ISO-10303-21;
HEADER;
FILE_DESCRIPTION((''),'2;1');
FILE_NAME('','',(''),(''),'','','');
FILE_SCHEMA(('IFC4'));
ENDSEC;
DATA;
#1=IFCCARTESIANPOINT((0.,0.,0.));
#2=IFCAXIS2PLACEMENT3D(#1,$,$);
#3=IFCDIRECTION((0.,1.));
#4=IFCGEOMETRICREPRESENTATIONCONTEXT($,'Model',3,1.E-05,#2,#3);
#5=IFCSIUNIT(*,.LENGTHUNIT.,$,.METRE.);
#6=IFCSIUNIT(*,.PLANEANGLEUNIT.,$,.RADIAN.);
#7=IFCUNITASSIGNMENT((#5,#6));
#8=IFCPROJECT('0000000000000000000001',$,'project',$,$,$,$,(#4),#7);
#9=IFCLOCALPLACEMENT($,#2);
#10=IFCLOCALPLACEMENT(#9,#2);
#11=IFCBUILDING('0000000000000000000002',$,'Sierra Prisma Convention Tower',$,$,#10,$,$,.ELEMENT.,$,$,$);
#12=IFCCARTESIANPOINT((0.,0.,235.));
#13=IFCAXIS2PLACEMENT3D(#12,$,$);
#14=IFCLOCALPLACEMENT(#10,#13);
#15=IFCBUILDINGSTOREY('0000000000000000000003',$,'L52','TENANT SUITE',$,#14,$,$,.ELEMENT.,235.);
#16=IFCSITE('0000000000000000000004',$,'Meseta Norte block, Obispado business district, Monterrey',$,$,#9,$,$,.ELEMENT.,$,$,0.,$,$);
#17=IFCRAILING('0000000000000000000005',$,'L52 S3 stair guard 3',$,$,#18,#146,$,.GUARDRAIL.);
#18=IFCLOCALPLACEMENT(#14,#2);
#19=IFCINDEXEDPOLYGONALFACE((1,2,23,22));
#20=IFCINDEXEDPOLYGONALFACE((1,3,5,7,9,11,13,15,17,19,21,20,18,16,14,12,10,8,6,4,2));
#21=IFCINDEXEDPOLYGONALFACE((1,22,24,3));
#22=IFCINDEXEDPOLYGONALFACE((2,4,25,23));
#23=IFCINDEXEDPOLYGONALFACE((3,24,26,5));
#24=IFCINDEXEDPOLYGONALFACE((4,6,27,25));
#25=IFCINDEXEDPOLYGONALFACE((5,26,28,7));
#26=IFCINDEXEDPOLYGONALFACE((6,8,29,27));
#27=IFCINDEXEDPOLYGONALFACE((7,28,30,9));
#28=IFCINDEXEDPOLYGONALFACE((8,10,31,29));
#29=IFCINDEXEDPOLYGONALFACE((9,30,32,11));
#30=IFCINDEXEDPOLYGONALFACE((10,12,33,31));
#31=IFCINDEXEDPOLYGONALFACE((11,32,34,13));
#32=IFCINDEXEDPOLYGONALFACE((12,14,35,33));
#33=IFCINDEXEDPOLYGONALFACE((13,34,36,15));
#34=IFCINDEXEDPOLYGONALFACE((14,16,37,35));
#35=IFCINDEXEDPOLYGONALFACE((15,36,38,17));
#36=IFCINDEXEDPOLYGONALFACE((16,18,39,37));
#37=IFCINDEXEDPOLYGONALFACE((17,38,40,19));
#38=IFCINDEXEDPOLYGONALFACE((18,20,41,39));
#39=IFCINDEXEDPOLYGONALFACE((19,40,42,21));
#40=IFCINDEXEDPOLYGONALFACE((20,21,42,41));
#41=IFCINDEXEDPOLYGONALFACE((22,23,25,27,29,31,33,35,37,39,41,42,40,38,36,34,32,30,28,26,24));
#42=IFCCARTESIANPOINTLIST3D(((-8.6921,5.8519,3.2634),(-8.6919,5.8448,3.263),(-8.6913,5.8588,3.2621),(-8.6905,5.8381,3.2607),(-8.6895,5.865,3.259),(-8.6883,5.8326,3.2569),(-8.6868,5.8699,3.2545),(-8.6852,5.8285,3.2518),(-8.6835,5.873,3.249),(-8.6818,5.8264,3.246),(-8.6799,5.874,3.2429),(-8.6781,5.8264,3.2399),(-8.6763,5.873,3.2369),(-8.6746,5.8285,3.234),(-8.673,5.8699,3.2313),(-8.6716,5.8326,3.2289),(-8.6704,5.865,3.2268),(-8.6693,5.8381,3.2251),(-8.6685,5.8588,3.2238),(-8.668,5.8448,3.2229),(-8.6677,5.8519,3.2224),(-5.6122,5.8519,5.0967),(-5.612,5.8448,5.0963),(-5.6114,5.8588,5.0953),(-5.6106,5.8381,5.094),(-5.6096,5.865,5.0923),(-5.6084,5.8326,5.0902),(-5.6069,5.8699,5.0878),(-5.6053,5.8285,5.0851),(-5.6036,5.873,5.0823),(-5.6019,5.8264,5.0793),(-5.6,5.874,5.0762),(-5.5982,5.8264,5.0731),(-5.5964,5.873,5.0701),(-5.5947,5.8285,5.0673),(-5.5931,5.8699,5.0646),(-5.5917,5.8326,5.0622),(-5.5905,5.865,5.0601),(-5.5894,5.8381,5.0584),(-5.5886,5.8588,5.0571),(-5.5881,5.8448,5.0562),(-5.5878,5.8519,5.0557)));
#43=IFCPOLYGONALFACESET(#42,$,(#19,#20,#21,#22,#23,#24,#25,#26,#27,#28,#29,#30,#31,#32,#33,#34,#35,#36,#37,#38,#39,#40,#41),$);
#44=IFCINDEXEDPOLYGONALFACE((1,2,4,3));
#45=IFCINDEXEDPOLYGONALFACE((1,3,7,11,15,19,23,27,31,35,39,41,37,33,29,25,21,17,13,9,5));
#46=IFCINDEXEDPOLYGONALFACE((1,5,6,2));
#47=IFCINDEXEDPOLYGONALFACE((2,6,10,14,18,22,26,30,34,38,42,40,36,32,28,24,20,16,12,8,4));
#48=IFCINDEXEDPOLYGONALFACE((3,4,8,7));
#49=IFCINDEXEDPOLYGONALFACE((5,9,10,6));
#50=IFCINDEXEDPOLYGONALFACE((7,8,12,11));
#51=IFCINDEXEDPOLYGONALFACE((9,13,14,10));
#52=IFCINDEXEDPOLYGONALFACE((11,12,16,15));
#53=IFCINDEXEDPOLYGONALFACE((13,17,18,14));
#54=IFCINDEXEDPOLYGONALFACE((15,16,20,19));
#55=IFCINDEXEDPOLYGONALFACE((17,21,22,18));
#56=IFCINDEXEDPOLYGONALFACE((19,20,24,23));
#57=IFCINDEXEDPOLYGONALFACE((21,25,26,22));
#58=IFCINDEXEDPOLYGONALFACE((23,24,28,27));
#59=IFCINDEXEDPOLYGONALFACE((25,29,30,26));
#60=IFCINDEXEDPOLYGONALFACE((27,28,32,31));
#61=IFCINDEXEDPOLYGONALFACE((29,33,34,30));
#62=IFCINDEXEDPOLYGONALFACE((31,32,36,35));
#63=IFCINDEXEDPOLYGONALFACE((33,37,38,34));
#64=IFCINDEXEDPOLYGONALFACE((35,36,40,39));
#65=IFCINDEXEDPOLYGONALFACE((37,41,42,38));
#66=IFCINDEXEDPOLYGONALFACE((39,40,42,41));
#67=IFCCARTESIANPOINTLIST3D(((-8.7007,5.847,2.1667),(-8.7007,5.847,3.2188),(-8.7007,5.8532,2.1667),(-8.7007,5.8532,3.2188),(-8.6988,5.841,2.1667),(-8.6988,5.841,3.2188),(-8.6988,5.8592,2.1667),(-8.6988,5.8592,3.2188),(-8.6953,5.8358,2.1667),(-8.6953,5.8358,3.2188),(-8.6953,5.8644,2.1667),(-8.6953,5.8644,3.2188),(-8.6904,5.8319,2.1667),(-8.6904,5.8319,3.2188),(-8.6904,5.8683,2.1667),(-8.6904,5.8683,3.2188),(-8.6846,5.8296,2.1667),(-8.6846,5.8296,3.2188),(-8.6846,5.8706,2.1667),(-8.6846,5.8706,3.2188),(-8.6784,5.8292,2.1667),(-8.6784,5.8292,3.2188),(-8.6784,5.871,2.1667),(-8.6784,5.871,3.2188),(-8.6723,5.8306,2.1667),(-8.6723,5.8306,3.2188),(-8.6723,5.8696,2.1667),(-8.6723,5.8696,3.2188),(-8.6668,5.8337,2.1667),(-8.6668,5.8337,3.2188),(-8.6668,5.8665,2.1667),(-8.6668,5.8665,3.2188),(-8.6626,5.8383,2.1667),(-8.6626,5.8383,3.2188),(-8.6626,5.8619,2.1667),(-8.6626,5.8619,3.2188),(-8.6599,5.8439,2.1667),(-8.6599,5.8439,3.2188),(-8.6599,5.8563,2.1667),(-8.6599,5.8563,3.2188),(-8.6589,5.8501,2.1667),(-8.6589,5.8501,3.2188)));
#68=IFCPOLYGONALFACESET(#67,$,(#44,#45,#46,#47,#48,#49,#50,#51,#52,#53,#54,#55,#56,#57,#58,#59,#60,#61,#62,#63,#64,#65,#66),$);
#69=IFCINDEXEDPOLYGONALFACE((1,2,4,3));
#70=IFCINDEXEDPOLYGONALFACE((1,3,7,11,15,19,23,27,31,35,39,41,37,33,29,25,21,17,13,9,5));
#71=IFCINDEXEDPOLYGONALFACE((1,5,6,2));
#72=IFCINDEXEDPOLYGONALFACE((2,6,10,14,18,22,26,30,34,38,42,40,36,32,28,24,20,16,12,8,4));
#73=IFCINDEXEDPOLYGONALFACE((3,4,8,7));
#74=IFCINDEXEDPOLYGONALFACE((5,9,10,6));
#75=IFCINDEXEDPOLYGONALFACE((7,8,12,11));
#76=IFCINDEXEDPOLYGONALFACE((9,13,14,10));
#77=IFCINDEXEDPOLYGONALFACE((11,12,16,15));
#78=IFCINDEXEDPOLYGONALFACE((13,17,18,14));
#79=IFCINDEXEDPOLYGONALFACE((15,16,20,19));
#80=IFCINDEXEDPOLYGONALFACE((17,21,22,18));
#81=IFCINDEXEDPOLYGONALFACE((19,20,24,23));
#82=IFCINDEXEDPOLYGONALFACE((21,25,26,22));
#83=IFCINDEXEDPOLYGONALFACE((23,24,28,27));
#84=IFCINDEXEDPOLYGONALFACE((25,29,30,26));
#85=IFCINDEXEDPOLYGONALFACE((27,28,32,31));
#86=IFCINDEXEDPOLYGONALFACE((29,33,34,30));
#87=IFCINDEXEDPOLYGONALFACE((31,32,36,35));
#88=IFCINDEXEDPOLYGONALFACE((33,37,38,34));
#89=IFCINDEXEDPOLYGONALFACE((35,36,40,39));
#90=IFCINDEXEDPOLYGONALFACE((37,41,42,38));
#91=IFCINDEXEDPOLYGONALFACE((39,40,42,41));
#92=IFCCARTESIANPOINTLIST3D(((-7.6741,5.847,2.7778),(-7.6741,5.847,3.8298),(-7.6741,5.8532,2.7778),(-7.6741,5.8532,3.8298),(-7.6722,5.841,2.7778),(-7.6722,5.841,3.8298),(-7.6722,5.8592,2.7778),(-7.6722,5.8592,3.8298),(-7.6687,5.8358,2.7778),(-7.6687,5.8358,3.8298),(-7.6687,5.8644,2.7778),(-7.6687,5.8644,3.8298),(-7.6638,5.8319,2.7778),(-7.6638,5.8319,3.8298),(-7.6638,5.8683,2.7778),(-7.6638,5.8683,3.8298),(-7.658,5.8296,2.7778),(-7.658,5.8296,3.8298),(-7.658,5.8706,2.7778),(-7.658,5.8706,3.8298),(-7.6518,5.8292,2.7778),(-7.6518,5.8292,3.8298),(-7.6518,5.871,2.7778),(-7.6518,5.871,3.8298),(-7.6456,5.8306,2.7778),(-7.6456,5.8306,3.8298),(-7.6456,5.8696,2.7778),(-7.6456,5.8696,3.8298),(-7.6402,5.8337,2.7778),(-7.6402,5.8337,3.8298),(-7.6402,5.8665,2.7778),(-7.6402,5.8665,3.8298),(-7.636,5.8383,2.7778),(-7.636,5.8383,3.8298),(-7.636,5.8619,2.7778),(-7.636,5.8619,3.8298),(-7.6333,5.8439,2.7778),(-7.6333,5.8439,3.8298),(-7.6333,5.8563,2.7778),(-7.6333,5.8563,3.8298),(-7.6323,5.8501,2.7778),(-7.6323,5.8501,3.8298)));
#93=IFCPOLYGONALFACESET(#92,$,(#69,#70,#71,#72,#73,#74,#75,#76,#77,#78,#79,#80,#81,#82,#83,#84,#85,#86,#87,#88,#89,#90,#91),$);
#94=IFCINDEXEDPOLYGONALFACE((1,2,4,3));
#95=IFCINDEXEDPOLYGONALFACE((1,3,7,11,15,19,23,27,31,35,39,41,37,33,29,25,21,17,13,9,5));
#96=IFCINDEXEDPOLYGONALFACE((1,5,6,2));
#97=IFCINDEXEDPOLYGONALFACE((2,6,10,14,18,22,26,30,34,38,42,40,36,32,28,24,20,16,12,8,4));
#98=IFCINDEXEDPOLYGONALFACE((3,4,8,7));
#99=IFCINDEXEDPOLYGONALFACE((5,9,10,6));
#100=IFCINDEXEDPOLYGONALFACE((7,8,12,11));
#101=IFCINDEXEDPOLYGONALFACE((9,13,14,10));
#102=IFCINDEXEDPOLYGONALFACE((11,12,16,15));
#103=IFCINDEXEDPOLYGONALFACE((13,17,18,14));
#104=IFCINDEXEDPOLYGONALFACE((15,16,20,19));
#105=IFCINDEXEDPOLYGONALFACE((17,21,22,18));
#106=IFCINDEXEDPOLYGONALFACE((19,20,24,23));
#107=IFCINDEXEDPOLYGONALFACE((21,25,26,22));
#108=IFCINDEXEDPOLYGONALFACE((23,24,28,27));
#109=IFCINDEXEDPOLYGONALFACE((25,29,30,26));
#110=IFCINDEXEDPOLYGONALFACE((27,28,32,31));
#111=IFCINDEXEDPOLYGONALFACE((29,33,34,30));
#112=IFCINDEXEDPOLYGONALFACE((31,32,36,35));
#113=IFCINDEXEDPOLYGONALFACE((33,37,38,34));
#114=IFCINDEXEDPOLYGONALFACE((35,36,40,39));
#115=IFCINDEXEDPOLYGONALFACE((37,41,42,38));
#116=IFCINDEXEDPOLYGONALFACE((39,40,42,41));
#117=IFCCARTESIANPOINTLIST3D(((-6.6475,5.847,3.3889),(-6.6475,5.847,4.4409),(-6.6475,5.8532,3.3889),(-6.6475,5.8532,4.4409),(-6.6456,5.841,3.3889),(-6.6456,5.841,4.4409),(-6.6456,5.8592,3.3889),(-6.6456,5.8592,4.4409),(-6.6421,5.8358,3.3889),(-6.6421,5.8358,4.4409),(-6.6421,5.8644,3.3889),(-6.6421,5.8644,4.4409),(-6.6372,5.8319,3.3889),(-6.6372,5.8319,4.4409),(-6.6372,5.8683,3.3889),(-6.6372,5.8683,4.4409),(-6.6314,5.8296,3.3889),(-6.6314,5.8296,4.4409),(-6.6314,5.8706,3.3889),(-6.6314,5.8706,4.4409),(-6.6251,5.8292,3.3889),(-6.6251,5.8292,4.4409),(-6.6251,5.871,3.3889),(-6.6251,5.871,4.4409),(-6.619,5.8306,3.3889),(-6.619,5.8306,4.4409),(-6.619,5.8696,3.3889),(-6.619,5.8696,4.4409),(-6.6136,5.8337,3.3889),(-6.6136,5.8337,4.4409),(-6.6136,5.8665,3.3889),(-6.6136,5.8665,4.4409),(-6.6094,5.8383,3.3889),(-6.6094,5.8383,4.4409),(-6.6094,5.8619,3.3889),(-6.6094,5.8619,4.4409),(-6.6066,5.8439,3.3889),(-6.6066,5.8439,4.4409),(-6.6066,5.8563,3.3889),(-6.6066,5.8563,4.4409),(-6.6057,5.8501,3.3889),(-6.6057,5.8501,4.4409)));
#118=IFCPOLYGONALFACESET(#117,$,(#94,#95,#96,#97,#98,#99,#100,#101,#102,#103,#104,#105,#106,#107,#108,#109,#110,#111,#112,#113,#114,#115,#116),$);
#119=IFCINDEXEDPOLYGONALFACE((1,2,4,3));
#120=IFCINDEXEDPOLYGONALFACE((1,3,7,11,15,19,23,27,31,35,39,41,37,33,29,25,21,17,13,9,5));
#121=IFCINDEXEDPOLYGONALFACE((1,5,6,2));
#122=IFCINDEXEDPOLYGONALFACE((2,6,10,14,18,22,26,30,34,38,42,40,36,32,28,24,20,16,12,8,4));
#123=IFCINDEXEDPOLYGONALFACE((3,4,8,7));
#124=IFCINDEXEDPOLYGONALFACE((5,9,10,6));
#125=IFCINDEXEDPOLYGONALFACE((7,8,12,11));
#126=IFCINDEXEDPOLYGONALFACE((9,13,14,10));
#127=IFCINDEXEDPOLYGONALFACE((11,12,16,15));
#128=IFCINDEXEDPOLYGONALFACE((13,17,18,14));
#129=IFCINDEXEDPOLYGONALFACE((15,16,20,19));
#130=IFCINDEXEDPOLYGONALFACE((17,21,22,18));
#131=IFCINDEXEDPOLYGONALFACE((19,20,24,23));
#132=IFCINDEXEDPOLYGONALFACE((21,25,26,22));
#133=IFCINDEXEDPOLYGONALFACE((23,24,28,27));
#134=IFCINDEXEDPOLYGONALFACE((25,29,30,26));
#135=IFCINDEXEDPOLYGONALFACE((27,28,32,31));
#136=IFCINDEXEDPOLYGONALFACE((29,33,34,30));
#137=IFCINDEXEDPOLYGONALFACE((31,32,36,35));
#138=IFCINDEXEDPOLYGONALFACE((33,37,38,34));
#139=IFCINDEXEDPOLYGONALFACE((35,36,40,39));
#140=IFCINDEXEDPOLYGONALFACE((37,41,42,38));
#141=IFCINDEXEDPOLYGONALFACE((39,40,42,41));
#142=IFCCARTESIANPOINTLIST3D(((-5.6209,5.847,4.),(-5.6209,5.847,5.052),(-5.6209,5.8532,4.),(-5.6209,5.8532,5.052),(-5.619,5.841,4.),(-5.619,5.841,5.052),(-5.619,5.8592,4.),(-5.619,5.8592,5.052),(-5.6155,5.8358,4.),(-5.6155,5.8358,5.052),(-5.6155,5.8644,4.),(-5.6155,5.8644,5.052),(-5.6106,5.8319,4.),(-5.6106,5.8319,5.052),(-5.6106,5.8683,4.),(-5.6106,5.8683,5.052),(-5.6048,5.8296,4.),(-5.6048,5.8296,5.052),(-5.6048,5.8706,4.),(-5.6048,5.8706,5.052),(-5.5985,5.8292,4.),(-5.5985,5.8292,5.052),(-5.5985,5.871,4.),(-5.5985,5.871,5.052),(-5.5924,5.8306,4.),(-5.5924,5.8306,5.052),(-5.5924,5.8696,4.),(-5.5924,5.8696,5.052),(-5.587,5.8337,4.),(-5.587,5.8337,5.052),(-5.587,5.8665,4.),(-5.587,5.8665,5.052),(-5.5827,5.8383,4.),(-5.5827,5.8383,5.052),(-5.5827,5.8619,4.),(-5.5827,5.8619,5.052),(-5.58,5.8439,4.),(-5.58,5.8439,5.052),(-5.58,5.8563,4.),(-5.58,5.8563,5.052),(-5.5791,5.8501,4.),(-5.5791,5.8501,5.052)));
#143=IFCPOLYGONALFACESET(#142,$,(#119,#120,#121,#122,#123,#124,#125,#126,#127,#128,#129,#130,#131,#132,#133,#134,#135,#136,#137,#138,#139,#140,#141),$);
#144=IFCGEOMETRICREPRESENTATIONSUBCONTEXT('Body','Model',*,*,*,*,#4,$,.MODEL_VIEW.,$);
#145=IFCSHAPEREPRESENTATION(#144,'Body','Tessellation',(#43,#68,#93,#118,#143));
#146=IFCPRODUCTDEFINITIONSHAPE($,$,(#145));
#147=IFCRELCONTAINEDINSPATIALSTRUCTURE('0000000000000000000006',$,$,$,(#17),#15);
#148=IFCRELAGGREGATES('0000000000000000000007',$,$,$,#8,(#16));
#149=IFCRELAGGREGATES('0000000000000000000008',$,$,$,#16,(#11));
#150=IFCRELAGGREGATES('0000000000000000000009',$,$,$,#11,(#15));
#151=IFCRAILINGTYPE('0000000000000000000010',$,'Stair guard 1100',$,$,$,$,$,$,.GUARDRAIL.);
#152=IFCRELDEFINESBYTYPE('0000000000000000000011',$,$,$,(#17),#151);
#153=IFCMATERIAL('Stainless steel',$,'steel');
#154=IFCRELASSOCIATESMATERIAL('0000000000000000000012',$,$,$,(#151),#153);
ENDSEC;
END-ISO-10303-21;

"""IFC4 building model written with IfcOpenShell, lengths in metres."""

from ifc_helpers import new_model, si_unit, direction, frame, origin, origin_2d, place, context, subcontext, project, spatial, circle, extrude, material, type_object, element, save


model = new_model("IFC4")

# Units and contexts
model_context = context("Model", 3, precision=1e-05, world=origin(), true_north=direction((0.0, 1.0)))
body_context = subcontext(model_context, "Body", "Model", "MODEL_VIEW")
ifc_project = project(units=[si_unit("LENGTHUNIT", "METRE"), si_unit("PLANEANGLEUNIT", "RADIAN")], contexts=[model_context])

# Site, building, storey
site_placement = place(None, origin())
site = spatial("IfcSite", under=ifc_project, at=site_placement, Name="Meseta Norte block, Obispado business district, Monterrey", CompositionType="ELEMENT", RefElevation=0.0)
building_placement = place(site_placement, origin())
building = spatial("IfcBuilding", under=site, at=building_placement, Name="Sierra Prisma Convention Tower", CompositionType="ELEMENT")
storey_placement = place(building_placement, frame((0.0, 0.0, 235.0)))
storey = spatial("IfcBuildingStorey", under=building, at=storey_placement, Name="L52", Description="TENANT SUITE", CompositionType="ELEMENT", Elevation=235.0)

# Railing
ifc_material_1 = material(Name="Stainless steel", Category="steel")
railing_type_1 = type_object("IfcRailingType", Name="Stair guard 1100", PredefinedType="GUARDRAIL", material=ifc_material_1)
railing_1_placement = place(storey_placement, frame((-8.6799, 5.8501, 2.1667)))
element("IfcRailing", 1, at=railing_1_placement, inside=storey, type_object=railing_type_1, Name="L52 S3 stair guard 3", PredefinedType="GUARDRAIL", context=body_context, shape_type="SweptSolid", body=[
    extrude(circle(Radius=0.0239, at=origin_2d()), frame((0.0, 0.0, 1.0762), z_axis=(0.859291, 0.0, 0.511487), x_axis=(0.0, 1.0, 0.0)), (0.0, 0.0, 1.0), 3.5842),
    extrude(circle(Radius=0.021, at=origin_2d()), origin(), (0.0, 0.0, 1.0), 1.052),
    extrude(circle(Radius=0.021, at=origin_2d()), frame((1.0266, 0.0, 0.6111)), (0.0, 0.0, 1.0), 1.052),
    extrude(circle(Radius=0.021, at=origin_2d()), frame((2.0532, 0.0, 1.2222)), (0.0, 0.0, 1.0), 1.052),
    extrude(circle(Radius=0.021, at=origin_2d()), frame((3.0798, 0.0, 1.8333)), (0.0, 0.0, 1.0), 1.052),
])

save(model, "model.ifc")
